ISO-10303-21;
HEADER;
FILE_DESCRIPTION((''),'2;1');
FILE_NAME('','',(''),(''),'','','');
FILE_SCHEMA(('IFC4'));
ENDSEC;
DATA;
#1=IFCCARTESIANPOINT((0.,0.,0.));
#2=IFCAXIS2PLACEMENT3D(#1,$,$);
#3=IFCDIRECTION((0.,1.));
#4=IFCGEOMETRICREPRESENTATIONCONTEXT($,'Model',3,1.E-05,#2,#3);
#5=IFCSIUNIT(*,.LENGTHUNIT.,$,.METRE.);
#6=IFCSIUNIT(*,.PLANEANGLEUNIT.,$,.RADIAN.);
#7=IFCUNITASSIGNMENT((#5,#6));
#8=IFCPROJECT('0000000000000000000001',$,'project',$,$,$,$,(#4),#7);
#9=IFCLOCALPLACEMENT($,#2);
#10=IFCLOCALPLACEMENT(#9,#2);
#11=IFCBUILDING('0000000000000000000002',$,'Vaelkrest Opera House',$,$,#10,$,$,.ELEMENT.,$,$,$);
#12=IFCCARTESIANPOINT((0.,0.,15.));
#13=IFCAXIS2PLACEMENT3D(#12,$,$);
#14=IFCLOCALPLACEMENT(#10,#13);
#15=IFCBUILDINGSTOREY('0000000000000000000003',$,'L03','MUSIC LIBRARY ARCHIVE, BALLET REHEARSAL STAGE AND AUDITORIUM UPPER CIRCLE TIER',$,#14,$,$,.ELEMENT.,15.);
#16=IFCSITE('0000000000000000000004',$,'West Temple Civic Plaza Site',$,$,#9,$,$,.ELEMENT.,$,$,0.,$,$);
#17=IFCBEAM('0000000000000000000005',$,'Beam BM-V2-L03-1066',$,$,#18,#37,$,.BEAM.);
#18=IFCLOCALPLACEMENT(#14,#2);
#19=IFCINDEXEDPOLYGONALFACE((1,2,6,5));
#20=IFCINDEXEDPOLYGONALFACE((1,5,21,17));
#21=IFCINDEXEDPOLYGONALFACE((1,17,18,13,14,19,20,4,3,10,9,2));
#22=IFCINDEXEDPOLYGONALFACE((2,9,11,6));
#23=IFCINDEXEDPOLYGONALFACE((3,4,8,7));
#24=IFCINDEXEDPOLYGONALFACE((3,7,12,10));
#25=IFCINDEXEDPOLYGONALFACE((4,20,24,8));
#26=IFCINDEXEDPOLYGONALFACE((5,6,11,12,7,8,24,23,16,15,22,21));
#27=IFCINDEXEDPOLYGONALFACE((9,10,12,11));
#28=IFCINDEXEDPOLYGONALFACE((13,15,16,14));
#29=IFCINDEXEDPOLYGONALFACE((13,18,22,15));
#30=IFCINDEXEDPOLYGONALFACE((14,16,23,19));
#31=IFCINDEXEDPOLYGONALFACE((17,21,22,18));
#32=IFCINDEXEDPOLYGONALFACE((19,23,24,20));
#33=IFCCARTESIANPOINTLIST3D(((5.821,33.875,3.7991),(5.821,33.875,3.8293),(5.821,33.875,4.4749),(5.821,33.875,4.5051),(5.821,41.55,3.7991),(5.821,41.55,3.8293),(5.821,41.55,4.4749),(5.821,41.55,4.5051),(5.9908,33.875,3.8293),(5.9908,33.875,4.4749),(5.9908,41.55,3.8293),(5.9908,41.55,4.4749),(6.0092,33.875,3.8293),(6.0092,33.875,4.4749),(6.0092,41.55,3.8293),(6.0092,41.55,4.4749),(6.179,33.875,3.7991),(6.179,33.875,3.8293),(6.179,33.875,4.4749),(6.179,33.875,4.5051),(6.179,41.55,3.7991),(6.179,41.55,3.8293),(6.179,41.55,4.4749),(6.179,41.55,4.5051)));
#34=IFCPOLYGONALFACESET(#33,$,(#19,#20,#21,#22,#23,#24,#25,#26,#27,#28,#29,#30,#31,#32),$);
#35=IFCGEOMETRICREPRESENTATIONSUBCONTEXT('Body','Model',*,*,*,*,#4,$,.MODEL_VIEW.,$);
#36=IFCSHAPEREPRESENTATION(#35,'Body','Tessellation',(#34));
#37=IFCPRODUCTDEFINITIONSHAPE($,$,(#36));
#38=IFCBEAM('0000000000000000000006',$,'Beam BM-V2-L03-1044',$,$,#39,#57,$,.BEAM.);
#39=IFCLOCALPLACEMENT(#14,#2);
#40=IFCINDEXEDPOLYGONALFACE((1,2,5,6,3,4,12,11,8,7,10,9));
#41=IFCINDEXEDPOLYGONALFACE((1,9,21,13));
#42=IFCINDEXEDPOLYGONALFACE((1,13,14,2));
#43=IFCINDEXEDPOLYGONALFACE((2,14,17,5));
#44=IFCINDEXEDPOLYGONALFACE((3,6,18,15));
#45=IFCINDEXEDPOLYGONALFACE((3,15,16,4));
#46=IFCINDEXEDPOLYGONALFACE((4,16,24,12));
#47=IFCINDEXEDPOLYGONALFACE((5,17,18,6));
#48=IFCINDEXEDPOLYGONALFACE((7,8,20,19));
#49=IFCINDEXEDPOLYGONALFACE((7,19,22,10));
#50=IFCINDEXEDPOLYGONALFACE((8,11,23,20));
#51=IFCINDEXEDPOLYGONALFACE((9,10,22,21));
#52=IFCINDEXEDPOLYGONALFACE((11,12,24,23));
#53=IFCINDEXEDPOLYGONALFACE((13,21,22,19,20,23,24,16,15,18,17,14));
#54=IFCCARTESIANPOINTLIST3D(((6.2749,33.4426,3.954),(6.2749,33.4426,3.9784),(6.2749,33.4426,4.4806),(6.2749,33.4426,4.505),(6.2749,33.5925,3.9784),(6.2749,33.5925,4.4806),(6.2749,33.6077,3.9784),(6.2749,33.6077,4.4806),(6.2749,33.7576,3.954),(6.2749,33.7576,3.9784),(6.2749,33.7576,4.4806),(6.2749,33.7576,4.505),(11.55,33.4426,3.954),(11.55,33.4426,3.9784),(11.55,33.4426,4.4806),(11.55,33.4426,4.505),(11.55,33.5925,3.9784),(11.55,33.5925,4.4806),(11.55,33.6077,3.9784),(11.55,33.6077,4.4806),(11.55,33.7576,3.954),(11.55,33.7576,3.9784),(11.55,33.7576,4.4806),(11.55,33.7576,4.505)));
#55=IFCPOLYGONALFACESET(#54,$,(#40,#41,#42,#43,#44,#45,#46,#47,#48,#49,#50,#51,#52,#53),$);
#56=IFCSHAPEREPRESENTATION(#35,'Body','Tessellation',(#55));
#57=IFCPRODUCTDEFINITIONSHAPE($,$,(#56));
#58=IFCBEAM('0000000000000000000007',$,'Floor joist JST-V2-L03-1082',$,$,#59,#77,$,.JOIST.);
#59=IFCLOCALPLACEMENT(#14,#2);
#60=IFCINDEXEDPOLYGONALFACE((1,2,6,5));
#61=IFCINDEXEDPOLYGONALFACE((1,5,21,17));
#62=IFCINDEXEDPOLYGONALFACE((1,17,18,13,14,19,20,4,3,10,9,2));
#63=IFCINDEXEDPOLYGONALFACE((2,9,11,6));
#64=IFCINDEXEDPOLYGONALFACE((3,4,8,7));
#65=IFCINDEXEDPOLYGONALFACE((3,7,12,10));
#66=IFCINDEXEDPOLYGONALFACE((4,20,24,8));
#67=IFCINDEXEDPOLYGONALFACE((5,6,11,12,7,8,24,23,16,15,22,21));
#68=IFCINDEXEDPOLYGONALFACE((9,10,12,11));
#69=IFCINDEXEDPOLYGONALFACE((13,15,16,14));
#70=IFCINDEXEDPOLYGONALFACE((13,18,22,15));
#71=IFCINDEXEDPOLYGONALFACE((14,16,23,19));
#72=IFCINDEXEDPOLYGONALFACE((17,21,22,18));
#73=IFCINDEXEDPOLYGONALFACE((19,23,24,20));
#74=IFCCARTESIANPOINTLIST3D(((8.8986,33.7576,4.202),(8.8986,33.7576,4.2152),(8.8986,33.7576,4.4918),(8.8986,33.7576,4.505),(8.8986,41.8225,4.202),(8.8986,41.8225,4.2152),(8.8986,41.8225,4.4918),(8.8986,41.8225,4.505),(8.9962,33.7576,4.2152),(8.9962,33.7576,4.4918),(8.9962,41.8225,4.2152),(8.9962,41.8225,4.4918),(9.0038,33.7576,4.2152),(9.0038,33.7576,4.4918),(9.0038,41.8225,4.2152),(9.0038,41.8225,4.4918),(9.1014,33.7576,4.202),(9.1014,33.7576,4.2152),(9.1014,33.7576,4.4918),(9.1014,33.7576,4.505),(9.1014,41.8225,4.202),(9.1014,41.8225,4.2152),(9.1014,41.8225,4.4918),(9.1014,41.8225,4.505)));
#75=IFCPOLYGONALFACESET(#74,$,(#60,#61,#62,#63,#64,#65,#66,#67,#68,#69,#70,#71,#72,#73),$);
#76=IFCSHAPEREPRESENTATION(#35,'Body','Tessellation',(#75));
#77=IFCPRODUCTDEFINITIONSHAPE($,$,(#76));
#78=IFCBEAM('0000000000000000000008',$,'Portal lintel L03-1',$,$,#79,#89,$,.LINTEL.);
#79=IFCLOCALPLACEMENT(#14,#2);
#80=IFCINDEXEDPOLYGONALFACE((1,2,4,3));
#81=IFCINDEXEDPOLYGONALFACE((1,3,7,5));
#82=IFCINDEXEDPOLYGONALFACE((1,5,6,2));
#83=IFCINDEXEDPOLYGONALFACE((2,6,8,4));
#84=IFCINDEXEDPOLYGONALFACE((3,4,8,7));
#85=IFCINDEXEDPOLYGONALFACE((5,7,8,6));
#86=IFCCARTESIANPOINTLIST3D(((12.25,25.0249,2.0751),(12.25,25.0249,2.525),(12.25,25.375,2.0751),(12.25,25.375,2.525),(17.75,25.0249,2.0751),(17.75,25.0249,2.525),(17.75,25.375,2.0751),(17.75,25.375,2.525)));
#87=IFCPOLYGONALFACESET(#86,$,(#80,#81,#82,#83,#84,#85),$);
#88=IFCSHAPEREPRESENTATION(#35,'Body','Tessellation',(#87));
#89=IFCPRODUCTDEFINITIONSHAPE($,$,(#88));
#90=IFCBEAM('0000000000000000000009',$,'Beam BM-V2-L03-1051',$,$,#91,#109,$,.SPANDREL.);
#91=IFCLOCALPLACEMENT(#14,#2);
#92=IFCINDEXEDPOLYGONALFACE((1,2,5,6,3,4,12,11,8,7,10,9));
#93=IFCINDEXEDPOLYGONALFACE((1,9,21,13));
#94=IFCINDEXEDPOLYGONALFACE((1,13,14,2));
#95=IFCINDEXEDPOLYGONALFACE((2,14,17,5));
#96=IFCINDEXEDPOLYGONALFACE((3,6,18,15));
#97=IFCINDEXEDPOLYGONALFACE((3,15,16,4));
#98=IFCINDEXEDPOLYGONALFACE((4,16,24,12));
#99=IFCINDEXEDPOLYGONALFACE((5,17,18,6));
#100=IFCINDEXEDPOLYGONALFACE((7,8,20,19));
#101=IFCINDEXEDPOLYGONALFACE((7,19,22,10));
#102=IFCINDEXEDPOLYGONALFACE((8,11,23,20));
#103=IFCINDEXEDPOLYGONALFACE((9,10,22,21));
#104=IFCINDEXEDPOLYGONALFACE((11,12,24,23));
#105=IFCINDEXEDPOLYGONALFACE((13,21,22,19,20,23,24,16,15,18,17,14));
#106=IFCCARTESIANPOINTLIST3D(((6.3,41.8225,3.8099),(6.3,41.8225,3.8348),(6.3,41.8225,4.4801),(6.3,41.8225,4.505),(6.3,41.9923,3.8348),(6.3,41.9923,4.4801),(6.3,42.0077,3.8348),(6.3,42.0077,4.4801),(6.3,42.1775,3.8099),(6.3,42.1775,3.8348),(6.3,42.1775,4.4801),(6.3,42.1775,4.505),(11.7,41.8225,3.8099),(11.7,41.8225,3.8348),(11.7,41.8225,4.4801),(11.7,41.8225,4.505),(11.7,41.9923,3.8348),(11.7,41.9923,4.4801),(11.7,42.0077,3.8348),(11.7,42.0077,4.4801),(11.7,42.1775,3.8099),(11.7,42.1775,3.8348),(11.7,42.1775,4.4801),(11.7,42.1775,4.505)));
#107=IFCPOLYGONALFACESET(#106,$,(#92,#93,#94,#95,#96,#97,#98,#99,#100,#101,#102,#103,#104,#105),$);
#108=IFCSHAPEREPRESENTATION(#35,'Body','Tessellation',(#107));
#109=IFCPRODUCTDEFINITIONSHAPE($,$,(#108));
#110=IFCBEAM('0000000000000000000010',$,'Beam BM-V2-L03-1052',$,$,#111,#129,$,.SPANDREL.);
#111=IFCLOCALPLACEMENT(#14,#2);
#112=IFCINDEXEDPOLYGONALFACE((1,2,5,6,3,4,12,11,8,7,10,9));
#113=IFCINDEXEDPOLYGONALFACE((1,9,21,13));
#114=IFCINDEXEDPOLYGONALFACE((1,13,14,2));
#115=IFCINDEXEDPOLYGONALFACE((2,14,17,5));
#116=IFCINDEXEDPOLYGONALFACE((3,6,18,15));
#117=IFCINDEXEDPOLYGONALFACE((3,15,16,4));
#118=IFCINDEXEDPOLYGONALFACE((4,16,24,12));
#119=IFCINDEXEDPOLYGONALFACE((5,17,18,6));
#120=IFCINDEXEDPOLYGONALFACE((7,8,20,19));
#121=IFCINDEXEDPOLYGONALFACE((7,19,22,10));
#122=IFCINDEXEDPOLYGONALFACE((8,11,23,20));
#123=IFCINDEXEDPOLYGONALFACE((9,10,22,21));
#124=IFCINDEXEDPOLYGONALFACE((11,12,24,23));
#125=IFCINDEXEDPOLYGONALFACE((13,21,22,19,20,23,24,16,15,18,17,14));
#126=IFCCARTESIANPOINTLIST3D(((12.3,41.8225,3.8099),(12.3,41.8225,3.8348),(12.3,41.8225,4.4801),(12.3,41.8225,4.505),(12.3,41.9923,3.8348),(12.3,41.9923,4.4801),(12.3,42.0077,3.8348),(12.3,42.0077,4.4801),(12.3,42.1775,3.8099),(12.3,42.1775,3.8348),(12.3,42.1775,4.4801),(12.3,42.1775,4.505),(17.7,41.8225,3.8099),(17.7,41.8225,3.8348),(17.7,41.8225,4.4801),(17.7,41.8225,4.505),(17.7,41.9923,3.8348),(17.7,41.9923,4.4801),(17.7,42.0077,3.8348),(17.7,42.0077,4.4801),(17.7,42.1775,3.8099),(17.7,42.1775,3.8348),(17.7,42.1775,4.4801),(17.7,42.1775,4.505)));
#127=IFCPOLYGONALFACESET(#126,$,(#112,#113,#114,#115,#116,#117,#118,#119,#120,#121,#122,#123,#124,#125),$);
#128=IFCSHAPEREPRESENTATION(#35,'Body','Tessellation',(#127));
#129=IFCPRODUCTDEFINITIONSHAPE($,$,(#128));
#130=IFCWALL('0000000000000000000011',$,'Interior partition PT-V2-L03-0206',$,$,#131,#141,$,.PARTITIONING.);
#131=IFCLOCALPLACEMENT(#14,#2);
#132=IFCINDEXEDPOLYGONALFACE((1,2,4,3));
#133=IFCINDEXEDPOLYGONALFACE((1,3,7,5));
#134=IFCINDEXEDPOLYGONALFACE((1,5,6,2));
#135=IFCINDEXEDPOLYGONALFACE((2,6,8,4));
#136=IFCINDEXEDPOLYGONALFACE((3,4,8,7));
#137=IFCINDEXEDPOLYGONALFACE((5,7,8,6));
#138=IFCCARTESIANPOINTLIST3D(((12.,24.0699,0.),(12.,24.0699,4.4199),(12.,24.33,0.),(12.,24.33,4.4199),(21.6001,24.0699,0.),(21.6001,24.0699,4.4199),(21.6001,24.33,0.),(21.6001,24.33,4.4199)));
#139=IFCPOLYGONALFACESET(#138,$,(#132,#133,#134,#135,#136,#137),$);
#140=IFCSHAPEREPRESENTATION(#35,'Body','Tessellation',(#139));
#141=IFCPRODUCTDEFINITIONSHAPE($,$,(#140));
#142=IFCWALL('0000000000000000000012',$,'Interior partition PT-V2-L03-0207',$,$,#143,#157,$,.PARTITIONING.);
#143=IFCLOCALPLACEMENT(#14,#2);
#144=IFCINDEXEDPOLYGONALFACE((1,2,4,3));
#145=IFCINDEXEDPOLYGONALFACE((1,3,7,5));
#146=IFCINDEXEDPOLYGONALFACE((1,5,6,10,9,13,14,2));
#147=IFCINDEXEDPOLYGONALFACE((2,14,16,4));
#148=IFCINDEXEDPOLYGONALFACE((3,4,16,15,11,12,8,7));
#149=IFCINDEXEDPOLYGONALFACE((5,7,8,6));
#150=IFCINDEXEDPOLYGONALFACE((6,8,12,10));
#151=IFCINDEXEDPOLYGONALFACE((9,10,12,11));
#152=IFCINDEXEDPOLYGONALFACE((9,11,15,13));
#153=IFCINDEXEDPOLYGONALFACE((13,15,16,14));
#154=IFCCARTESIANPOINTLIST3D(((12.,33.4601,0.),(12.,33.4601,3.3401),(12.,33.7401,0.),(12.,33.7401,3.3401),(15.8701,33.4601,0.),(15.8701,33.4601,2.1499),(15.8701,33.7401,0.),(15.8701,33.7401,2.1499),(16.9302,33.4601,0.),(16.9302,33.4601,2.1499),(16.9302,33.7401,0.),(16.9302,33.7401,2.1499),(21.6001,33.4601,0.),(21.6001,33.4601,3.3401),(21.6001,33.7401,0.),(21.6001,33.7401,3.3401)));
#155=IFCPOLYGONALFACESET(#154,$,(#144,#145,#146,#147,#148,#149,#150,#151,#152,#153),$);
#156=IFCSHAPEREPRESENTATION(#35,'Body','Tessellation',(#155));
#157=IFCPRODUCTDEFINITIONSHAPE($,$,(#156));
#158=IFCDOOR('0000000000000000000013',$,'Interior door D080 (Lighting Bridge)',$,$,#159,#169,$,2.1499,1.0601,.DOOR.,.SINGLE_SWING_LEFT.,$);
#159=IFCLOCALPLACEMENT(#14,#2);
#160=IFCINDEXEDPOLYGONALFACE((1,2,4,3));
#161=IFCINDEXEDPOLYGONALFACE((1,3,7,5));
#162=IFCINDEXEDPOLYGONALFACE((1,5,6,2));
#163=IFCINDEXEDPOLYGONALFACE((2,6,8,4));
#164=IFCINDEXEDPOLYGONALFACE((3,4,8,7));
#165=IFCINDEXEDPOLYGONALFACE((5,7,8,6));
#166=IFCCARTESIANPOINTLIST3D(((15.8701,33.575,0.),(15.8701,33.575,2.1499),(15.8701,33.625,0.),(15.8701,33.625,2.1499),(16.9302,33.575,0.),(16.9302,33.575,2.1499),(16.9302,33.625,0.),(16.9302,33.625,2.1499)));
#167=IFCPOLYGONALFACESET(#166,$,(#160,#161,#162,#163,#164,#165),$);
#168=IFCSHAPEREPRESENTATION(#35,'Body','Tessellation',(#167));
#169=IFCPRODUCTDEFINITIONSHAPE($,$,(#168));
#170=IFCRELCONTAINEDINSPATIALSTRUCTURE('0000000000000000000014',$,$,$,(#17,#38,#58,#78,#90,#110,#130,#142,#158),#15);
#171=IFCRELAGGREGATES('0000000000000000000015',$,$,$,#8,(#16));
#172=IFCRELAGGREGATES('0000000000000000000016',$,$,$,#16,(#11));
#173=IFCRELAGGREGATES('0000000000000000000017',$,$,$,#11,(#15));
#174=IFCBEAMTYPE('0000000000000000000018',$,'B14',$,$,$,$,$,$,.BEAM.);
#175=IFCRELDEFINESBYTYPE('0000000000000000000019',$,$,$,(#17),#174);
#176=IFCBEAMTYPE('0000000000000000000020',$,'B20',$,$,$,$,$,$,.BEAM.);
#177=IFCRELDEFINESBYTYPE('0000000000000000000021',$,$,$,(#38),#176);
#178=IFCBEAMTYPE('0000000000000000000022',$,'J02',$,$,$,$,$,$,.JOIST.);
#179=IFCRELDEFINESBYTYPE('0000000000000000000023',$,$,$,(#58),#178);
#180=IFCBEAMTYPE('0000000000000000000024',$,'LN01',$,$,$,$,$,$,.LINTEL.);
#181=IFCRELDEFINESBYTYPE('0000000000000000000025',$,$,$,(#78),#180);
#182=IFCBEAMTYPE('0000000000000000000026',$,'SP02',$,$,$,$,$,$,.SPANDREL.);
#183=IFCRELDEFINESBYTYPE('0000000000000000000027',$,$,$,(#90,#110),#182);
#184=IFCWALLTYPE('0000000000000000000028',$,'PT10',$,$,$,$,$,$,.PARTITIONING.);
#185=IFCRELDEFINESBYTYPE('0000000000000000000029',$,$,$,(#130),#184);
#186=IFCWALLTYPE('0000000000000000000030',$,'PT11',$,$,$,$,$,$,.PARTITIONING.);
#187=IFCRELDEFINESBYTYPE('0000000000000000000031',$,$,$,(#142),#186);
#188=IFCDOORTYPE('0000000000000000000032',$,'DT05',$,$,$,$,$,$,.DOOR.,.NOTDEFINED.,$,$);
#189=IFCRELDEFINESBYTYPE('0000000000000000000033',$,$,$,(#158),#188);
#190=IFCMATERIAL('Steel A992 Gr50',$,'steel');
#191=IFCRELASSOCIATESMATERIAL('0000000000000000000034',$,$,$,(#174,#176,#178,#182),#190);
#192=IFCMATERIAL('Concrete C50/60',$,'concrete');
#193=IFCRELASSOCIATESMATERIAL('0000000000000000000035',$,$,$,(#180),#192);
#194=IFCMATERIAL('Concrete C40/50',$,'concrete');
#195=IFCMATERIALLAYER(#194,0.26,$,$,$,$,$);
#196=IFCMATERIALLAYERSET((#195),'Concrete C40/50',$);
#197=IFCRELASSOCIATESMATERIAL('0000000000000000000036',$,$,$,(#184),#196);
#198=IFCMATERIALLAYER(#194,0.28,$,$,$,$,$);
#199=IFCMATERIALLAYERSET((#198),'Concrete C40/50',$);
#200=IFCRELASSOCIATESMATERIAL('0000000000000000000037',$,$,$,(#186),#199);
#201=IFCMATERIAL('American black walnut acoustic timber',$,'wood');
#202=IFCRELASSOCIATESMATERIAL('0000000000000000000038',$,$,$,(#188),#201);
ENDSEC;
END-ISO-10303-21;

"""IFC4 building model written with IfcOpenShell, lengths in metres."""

from ifc_helpers import new_model, si_unit, direction, frame, frame_2d, origin, origin_2d, place, context, subcontext, project, spatial, rectangle, i_section, extrude, material, layer, layer_set, material_profile, profile_set, type_object, element, fill, save


model = new_model("IFC4")

# Units and contexts
model_context = context("Model", 3, precision=1e-05, world=origin(), true_north=direction((0.0, 1.0)))
body_context = subcontext(model_context, "Body", "Model", "MODEL_VIEW")
ifc_project = project(units=[si_unit("LENGTHUNIT", "METRE"), si_unit("PLANEANGLEUNIT", "RADIAN")], contexts=[model_context])

# Site, building, storey
site_placement = place(None, origin())
site = spatial("IfcSite", under=ifc_project, at=site_placement, Name="West Temple Civic Plaza Site", CompositionType="ELEMENT", RefElevation=0.0)
building_placement = place(site_placement, origin())
building = spatial("IfcBuilding", under=site, at=building_placement, Name="Vaelkrest Opera House", CompositionType="ELEMENT")
storey_placement = place(building_placement, frame((0.0, 0.0, 15.0)))
storey = spatial("IfcBuildingStorey", under=building, at=storey_placement, Name="L03", Description="MUSIC LIBRARY ARCHIVE, BALLET REHEARSAL STAGE AND AUDITORIUM UPPER CIRCLE TIER", CompositionType="ELEMENT", Elevation=15.0)

# Shared definitions
ifc_material_1 = material(Name="Concrete C50/60", Category="concrete")

# Beams
ifc_material_2 = material(Name="Steel A992 Gr50", Category="steel")
ifc_material_profile_1 = material_profile(ifc_material_2, i_section(OverallWidth=0.3579, OverallDepth=0.7061, WebThickness=0.0183, FlangeThickness=0.0303, at=origin_2d()), Name="W27X178")
ifc_profile_set_1 = profile_set([ifc_material_profile_1], Name="Steel A992 Gr50")
beam_type_1 = type_object("IfcBeamType", Name="B14", PredefinedType="BEAM", material=ifc_profile_set_1)
beam_1_placement = place(storey_placement, frame((6.0, 33.875, 4.1521), z_axis=(0.0, 1.0, 0.0), x_axis=(-1.0, 0.0, 0.0)))
element("IfcBeam", 1, at=beam_1_placement, inside=storey, type_object=beam_type_1, Name="Beam BM-V2-L03-1066", PredefinedType="BEAM", context=body_context, shape_type="SweptSolid", body=[
    extrude(i_section(OverallWidth=0.3579, OverallDepth=0.7061, WebThickness=0.0183, FlangeThickness=0.0303, at=origin_2d()), origin(), (0.0, 0.0, 1.0), 7.675),
])
ifc_material_profile_2 = material_profile(ifc_material_2, i_section(OverallWidth=0.3149, OverallDepth=0.551, WebThickness=0.0151, FlangeThickness=0.0244, at=origin_2d()), Name="W21X122")
ifc_profile_set_2 = profile_set([ifc_material_profile_2], Name="Steel A992 Gr50")
beam_type_2 = type_object("IfcBeamType", Name="B20", PredefinedType="BEAM", material=ifc_profile_set_2)
beam_2_placement = place(storey_placement, frame((6.2749, 33.6001, 4.2295), z_axis=(1.0, 0.0, 0.0), x_axis=(0.0, 1.0, 0.0)))
element("IfcBeam", 2, at=beam_2_placement, inside=storey, type_object=beam_type_2, Name="Beam BM-V2-L03-1044", PredefinedType="BEAM", context=body_context, shape_type="SweptSolid", body=[
    extrude(i_section(OverallWidth=0.3149, OverallDepth=0.551, WebThickness=0.0151, FlangeThickness=0.0244, at=origin_2d()), origin(), (0.0, 0.0, 1.0), 5.2751),
])
ifc_material_profile_3 = material_profile(ifc_material_2, i_section(OverallWidth=0.2029, OverallDepth=0.303, WebThickness=0.0076, FlangeThickness=0.0132, at=origin_2d()), Name="W12X40")
ifc_profile_set_3 = profile_set([ifc_material_profile_3], Name="Steel A992 Gr50")
beam_type_3 = type_object("IfcBeamType", Name="J02", PredefinedType="JOIST", material=ifc_profile_set_3)
beam_3_placement = place(storey_placement, frame((9.0, 33.7576, 4.3535), z_axis=(0.0, 1.0, 0.0), x_axis=(-1.0, 0.0, 0.0)))
element("IfcBeam", 3, at=beam_3_placement, inside=storey, type_object=beam_type_3, Name="Floor joist JST-V2-L03-1082", PredefinedType="JOIST", context=body_context, shape_type="SweptSolid", body=[
    extrude(i_section(OverallWidth=0.2029, OverallDepth=0.303, WebThickness=0.0076, FlangeThickness=0.0132, at=origin_2d()), origin(), (0.0, 0.0, 1.0), 8.0649),
])
ifc_material_profile_4 = material_profile(ifc_material_1, rectangle(XDim=0.3501, YDim=0.45, at=origin_2d()), Name="RCB350X450")
ifc_profile_set_4 = profile_set([ifc_material_profile_4], Name="Concrete C50/60")
beam_type_4 = type_object("IfcBeamType", Name="LN01", PredefinedType="LINTEL", material=ifc_profile_set_4)
beam_4_placement = place(storey_placement, frame((12.25, 25.2, 2.3), z_axis=(1.0, 0.0, 0.0), x_axis=(0.0, 1.0, 0.0)))
element("IfcBeam", 4, at=beam_4_placement, inside=storey, type_object=beam_type_4, Name="Portal lintel L03-1", PredefinedType="LINTEL", context=body_context, shape_type="SweptSolid", body=[
    extrude(rectangle(XDim=0.3501, YDim=0.45, at=origin_2d()), origin(), (0.0, 0.0, 1.0), 5.5),
])
ifc_material_profile_5 = material_profile(ifc_material_2, i_section(OverallWidth=0.355, OverallDepth=0.6951, WebThickness=0.0154, FlangeThickness=0.0249, at=origin_2d()), Name="W27X146")
ifc_profile_set_5 = profile_set([ifc_material_profile_5], Name="Steel A992 Gr50")
beam_type_5 = type_object("IfcBeamType", Name="SP02", PredefinedType="SPANDREL", material=ifc_profile_set_5)
for number, where, z_axis, x_axis, name in (
    (5, (6.3, 42.0, 4.1575), (1.0, 0.0, 0.0), (0.0, 1.0, 0.0), "Beam BM-V2-L03-1051"),
    (6, (12.3, 42.0, 4.1575), (1.0, 0.0, 0.0), (0.0, 1.0, 0.0), "Beam BM-V2-L03-1052"),
):
    element("IfcBeam", number, at=place(storey_placement, frame(where, z_axis=z_axis, x_axis=x_axis)), inside=storey, type_object=beam_type_5, Name=name, PredefinedType="SPANDREL", context=body_context, shape_type="SweptSolid", body=[
        extrude(i_section(OverallWidth=0.355, OverallDepth=0.6951, WebThickness=0.0154, FlangeThickness=0.0249, at=origin_2d()), origin(), (0.0, 0.0, 1.0), 5.3999),
    ])

# Wall
ifc_material_3 = material(Name="Concrete C40/50", Category="concrete")
ifc_layer_1 = layer(ifc_material_3, 0.26)
ifc_layer_set_1 = layer_set([ifc_layer_1], Name="Concrete C40/50")
wall_type_1 = type_object("IfcWallType", Name="PT10", PredefinedType="PARTITIONING", material=ifc_layer_set_1)
wall_1_placement = place(storey_placement, frame((12.0, 24.2, 0.0), z_axis=(0.0, 0.0, 1.0), x_axis=(1.0, 0.0, 0.0)))
element("IfcWall", 7, at=wall_1_placement, inside=storey, type_object=wall_type_1, Name="Interior partition PT-V2-L03-0206", PredefinedType="PARTITIONING", context=body_context, shape_type="SweptSolid", body=[
    extrude(rectangle(XDim=9.6001, YDim=0.26, at=frame_2d((4.8, 0.0))), origin(), (0.0, 0.0, 1.0), 4.4199),
])

# Wall, opening, door
ifc_layer_2 = layer(ifc_material_3, 0.28)
ifc_layer_set_2 = layer_set([ifc_layer_2], Name="Concrete C40/50")
wall_type_2 = type_object("IfcWallType", Name="PT11", PredefinedType="PARTITIONING", material=ifc_layer_set_2)
wall_2_placement = place(storey_placement, frame((12.0, 33.6001, 0.0), z_axis=(0.0, 0.0, 1.0), x_axis=(1.0, 0.0, 0.0)))
wall_2 = element("IfcWall", 8, at=wall_2_placement, inside=storey, type_object=wall_type_2, Name="Interior partition PT-V2-L03-0207", PredefinedType="PARTITIONING", context=body_context, shape_type="SweptSolid", body=[
    extrude(rectangle(XDim=9.6001, YDim=0.28, at=frame_2d((4.8, 0.0))), origin(), (0.0, 0.0, 1.0), 3.3401),
])
opening_1_placement = place(wall_2_placement, frame((3.8701, 0.0, 0.0)))
opening_1 = element("IfcOpeningElement", 9, at=opening_1_placement, cuts=wall_2, PredefinedType="OPENING", context=body_context, shape_type="SweptSolid", body=[
    extrude(rectangle(XDim=1.0601, YDim=2.1499, at=frame_2d((0.53, 1.075))), frame((0.0, 0.1499, 0.0), z_axis=(0.0, -1.0, 0.0), x_axis=(1.0, 0.0, 0.0)), (0.0, 0.0, 1.0), 0.3),
])
ifc_material_4 = material(Name="American black walnut acoustic timber", Category="wood")
door_type_1 = type_object("IfcDoorType", Name="DT05", OperationType="NOTDEFINED", PredefinedType="DOOR", material=ifc_material_4)
door_1_placement = place(opening_1_placement, origin())
door_1 = element("IfcDoor", 10, at=door_1_placement, inside=storey, type_object=door_type_1, Name="Interior door D080 (Lighting Bridge)", OperationType="SINGLE_SWING_LEFT", OverallHeight=2.1499, OverallWidth=1.0601, PredefinedType="DOOR", context=body_context, shape_type="SweptSolid", body=[
    extrude(rectangle(XDim=1.0601, YDim=2.1499, at=frame_2d((0.53, 1.075))), frame((0.0, 0.0249, 0.0), z_axis=(0.0, -1.0, 0.0), x_axis=(1.0, 0.0, 0.0)), (0.0, 0.0, 1.0), 0.05),
])
fill(opening_1, door_1)

save(model, "model.ifc")
